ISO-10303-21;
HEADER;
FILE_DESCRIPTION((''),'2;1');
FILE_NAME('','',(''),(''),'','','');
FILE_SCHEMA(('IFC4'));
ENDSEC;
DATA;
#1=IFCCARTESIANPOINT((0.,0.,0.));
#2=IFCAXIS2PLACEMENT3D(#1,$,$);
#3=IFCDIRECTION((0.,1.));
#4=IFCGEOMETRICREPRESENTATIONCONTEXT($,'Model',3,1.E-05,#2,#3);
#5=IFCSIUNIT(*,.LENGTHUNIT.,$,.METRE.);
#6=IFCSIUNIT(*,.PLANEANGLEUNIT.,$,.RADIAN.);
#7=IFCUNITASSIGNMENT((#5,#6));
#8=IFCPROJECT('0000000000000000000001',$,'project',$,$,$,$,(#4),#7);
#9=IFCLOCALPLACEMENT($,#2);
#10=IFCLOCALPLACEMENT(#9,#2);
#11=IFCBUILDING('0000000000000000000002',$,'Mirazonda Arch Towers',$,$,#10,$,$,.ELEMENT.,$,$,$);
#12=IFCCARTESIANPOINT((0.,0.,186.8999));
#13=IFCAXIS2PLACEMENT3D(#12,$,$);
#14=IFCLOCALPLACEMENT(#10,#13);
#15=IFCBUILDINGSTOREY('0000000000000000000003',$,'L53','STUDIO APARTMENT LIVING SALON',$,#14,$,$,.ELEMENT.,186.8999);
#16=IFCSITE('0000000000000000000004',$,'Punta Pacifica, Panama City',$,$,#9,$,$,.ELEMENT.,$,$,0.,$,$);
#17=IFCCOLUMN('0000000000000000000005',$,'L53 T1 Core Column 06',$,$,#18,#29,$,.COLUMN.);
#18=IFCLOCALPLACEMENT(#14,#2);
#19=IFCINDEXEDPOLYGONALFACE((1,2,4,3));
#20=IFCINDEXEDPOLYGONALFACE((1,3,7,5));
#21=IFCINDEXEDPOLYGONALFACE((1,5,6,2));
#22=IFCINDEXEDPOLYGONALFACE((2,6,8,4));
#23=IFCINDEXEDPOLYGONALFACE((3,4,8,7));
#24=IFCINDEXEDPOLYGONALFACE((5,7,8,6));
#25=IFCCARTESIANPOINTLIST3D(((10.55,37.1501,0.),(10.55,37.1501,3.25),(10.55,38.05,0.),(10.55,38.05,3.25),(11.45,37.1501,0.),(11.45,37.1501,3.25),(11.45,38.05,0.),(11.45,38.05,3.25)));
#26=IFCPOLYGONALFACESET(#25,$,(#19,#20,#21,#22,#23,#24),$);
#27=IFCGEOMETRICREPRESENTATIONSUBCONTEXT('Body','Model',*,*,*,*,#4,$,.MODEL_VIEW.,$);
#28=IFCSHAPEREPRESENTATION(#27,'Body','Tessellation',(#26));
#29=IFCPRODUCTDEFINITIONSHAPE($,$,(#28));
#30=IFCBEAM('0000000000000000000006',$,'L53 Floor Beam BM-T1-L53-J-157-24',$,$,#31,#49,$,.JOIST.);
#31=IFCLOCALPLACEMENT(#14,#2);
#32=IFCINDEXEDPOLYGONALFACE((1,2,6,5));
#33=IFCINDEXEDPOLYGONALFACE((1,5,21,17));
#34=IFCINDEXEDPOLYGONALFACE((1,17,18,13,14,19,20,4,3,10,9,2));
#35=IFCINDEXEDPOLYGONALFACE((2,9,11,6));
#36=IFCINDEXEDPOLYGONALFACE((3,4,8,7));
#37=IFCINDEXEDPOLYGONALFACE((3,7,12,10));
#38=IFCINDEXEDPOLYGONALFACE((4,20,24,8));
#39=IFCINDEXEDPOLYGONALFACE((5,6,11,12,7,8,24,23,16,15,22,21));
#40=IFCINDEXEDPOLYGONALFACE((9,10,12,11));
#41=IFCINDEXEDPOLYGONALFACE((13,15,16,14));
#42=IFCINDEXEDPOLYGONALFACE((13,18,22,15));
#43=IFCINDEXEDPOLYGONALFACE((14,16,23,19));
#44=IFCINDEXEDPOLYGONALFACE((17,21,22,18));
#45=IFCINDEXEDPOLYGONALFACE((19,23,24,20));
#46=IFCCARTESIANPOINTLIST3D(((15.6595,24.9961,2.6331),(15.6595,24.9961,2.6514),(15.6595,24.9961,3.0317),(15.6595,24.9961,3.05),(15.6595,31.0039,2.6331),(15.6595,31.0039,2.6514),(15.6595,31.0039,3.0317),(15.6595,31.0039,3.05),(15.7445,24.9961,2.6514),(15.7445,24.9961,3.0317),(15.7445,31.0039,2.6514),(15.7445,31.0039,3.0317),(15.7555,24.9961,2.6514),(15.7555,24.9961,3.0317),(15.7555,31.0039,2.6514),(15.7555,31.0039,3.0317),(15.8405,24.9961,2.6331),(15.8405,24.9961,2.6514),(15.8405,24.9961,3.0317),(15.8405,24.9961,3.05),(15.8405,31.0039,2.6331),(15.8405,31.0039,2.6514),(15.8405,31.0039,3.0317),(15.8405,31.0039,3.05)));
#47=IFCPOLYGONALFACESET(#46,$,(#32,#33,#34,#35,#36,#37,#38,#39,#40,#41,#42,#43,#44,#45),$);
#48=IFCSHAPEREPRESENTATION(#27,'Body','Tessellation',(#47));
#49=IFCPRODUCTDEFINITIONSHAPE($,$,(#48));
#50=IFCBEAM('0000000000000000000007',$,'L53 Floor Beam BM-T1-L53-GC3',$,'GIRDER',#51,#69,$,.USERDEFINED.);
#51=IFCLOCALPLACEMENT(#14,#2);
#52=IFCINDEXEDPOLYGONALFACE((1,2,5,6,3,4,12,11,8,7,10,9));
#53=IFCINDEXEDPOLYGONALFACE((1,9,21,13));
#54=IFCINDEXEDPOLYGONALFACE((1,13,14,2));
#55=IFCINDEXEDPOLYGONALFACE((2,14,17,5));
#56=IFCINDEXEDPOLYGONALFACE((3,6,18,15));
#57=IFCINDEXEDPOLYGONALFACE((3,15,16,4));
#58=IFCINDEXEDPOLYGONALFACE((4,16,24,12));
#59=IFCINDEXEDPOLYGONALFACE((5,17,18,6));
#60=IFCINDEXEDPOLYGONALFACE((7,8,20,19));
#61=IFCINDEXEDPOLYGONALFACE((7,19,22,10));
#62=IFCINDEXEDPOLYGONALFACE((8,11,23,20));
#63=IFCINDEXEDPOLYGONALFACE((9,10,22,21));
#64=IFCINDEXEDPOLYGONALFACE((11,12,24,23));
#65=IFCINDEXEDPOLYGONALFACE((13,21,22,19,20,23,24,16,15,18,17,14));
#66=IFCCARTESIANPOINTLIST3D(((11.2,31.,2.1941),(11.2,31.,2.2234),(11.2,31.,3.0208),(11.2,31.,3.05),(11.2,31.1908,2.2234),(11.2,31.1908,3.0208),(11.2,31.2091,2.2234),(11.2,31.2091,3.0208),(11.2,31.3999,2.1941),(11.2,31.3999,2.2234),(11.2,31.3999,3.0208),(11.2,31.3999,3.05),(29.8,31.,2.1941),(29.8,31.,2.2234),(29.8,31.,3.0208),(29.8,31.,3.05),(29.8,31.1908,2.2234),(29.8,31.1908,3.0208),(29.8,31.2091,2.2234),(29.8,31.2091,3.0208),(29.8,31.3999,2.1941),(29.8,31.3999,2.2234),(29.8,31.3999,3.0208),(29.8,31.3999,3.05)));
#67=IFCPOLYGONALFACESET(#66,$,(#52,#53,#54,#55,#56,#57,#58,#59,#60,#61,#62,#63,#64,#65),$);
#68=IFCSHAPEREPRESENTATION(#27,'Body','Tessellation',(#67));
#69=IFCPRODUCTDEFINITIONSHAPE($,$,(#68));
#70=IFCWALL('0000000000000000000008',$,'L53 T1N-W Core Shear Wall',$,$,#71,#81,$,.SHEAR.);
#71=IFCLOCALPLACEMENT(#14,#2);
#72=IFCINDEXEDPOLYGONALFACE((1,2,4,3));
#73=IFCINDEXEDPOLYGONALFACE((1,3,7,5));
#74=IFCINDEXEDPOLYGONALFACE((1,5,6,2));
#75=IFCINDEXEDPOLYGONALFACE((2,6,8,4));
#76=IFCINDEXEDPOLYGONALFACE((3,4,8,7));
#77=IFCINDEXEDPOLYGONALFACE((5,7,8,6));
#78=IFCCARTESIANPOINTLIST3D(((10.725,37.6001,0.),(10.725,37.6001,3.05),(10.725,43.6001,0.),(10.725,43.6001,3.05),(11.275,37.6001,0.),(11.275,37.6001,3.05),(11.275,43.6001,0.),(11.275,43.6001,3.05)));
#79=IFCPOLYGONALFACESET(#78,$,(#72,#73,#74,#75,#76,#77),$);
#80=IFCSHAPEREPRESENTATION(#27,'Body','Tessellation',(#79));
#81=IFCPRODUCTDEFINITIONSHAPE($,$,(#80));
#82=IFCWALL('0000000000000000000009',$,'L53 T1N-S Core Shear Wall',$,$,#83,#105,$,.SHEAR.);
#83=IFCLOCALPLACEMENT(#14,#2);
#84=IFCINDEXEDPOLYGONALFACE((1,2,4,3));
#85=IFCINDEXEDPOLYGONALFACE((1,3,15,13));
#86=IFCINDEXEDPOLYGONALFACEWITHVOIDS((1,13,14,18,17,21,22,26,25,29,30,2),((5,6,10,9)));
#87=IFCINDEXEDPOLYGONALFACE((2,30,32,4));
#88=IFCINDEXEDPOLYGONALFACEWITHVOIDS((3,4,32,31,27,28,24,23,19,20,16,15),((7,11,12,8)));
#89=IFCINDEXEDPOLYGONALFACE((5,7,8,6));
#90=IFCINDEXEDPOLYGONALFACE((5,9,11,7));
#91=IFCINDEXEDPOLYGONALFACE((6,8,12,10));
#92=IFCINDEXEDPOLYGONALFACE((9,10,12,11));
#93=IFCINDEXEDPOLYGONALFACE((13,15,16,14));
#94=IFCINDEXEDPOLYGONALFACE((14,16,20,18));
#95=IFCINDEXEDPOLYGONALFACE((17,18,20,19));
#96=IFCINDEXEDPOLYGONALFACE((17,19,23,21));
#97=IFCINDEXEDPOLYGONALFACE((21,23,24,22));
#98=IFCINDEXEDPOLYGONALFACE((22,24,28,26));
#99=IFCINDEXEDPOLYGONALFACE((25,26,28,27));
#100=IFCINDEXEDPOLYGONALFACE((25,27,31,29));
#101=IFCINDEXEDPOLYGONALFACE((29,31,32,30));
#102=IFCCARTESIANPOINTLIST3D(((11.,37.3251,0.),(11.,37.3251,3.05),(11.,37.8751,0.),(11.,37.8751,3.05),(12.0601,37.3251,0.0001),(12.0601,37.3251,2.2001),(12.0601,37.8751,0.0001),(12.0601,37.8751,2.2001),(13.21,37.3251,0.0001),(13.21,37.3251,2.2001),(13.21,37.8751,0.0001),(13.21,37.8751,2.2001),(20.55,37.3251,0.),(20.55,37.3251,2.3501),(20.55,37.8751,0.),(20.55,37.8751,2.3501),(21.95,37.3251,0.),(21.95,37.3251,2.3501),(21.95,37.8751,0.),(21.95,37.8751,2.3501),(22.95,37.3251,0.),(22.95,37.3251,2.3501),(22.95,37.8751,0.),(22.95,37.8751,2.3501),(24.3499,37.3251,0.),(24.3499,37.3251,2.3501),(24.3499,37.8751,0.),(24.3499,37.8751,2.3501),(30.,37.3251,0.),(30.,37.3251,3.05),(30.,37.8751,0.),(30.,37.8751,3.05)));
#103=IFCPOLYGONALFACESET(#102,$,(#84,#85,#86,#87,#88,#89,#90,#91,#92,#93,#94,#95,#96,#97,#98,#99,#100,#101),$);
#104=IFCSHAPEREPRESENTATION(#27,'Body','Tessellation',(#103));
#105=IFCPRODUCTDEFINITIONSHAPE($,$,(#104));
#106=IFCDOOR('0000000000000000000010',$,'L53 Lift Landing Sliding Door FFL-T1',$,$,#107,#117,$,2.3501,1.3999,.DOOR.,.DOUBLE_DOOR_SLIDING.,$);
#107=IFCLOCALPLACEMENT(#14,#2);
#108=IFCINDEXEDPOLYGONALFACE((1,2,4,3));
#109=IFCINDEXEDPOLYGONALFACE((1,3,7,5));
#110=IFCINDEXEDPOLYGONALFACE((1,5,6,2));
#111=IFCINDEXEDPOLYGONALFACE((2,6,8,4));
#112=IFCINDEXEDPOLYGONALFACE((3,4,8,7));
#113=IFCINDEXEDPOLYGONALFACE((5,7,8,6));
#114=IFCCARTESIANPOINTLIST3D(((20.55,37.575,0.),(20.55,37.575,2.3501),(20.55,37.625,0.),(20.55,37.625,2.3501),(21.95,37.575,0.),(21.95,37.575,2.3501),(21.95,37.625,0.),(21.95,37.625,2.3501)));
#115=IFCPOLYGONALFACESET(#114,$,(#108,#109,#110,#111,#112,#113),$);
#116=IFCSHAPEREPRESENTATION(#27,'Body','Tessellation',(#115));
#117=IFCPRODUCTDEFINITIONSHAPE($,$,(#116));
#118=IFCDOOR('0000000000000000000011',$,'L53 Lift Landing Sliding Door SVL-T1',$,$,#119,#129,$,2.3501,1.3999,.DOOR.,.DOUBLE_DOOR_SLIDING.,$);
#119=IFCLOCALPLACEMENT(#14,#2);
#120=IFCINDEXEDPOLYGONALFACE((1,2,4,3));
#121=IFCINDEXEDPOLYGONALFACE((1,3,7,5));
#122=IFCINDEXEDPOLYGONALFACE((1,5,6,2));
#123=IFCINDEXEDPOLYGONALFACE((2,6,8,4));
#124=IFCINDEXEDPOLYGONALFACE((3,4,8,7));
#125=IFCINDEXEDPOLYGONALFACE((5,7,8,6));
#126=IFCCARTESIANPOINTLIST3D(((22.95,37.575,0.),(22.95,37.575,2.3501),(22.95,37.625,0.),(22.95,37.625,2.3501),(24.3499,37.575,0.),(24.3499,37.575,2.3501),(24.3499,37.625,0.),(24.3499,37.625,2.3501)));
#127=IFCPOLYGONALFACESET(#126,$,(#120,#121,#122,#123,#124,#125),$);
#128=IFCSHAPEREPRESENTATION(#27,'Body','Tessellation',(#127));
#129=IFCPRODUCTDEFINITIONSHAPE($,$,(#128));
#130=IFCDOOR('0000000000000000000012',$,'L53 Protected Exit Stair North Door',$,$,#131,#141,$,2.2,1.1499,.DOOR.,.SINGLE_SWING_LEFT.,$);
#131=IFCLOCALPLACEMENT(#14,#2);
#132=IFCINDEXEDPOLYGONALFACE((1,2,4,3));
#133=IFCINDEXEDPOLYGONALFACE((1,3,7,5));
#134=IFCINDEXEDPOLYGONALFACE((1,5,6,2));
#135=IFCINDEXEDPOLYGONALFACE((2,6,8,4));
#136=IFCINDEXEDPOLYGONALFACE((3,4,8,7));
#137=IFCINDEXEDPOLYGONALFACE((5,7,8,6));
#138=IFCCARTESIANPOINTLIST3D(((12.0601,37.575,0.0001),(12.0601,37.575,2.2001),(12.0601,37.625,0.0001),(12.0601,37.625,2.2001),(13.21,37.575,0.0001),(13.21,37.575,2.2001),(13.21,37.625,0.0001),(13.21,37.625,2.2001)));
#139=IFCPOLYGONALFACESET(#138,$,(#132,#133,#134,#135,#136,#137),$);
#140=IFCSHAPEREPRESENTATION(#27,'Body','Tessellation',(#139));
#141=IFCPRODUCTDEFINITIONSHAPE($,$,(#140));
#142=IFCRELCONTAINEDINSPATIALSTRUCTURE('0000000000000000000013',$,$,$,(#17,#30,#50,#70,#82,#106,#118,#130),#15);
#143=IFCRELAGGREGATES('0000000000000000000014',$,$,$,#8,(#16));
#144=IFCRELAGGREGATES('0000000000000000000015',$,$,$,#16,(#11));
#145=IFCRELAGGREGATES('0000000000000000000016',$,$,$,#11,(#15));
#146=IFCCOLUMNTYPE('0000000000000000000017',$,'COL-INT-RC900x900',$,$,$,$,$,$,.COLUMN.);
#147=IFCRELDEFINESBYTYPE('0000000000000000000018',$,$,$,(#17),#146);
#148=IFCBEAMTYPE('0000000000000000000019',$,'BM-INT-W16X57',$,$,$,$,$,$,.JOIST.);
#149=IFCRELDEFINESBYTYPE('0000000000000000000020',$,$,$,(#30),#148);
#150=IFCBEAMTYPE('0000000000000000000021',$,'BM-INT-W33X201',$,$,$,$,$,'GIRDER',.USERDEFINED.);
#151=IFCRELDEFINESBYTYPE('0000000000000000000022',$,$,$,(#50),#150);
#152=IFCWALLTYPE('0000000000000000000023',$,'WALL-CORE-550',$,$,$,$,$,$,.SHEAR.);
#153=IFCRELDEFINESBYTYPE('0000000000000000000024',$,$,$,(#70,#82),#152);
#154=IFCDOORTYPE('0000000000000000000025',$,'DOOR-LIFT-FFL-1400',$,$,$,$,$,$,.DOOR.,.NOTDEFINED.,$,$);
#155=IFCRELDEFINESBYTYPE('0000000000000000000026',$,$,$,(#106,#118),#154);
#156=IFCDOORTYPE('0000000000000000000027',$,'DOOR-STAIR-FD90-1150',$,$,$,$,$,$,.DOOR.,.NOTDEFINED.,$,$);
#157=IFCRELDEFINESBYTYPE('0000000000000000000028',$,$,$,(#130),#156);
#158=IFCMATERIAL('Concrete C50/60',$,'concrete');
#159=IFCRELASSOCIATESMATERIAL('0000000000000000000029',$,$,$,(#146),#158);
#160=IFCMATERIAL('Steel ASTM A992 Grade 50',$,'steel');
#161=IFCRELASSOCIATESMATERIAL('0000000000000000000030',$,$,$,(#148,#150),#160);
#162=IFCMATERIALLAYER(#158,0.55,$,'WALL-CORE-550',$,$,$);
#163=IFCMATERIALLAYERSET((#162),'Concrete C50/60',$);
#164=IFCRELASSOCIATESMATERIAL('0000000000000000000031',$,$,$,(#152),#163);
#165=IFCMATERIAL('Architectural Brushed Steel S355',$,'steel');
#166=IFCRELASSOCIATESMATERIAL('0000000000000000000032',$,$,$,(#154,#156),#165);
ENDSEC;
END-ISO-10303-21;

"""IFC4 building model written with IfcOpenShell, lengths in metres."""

from ifc_helpers import new_model, si_unit, direction, frame, frame_2d, origin, origin_2d, place, context, subcontext, project, spatial, rectangle, i_section, extrude, material, layer, layer_set, material_profile, profile_set, type_object, element, fill, save


model = new_model("IFC4")

# Units and contexts
model_context = context("Model", 3, precision=1e-05, world=origin(), true_north=direction((0.0, 1.0)))
body_context = subcontext(model_context, "Body", "Model", "MODEL_VIEW")
ifc_project = project(units=[si_unit("LENGTHUNIT", "METRE"), si_unit("PLANEANGLEUNIT", "RADIAN")], contexts=[model_context])

# Site, building, storey
site_placement = place(None, origin())
site = spatial("IfcSite", under=ifc_project, at=site_placement, Name="Punta Pacifica, Panama City", CompositionType="ELEMENT", RefElevation=0.0)
building_placement = place(site_placement, origin())
building = spatial("IfcBuilding", under=site, at=building_placement, Name="Mirazonda Arch Towers", CompositionType="ELEMENT")
storey_placement = place(building_placement, frame((0.0, 0.0, 186.8999)))
storey = spatial("IfcBuildingStorey", under=building, at=storey_placement, Name="L53", Description="STUDIO APARTMENT LIVING SALON", CompositionType="ELEMENT", Elevation=186.8999)

# Column
ifc_material_1 = material(Name="Concrete C50/60", Category="concrete")
ifc_material_profile_1 = material_profile(ifc_material_1, rectangle(XDim=0.8999, YDim=0.8999, at=origin_2d()), Name="RC900x900")
ifc_profile_set_1 = profile_set([ifc_material_profile_1], Name="Concrete C50/60")
column_type = type_object("IfcColumnType", Name="COL-INT-RC900x900", PredefinedType="COLUMN", material=ifc_profile_set_1)
column_placement = place(storey_placement, frame((11.0, 37.6001, 0.0), z_axis=(0.0, 0.0, 1.0), x_axis=(1.0, 0.0, 0.0)))
element("IfcColumn", 1, at=column_placement, inside=storey, type_object=column_type, Name="L53 T1 Core Column 06", PredefinedType="COLUMN", context=body_context, shape_type="SweptSolid", body=[
    extrude(rectangle(XDim=0.8999, YDim=0.8999, at=origin_2d()), origin(), (0.0, 0.0, 1.0), 3.25),
])

# Beams
ifc_material_2 = material(Name="Steel ASTM A992 Grade 50", Category="steel")
ifc_material_profile_2 = material_profile(ifc_material_2, i_section(OverallWidth=0.1809, OverallDepth=0.417, WebThickness=0.011, FlangeThickness=0.0183, at=origin_2d()), Name="W16X57")
ifc_profile_set_2 = profile_set([ifc_material_profile_2], Name="Steel ASTM A992 Grade 50")
beam_type_1 = type_object("IfcBeamType", Name="BM-INT-W16X57", PredefinedType="JOIST", material=ifc_profile_set_2)
beam_1_placement = place(storey_placement, frame((15.75, 24.9961, 2.8416), z_axis=(0.0, 1.0, 0.0), x_axis=(-1.0, 0.0, 0.0)))
element("IfcBeam", 2, at=beam_1_placement, inside=storey, type_object=beam_type_1, Name="L53 Floor Beam BM-T1-L53-J-157-24", PredefinedType="JOIST", context=body_context, shape_type="SweptSolid", body=[
    extrude(i_section(OverallWidth=0.1809, OverallDepth=0.417, WebThickness=0.011, FlangeThickness=0.0183, at=origin_2d()), origin(), (0.0, 0.0, 1.0), 6.0078),
])
ifc_material_profile_3 = material_profile(ifc_material_2, i_section(OverallWidth=0.3999, OverallDepth=0.856, WebThickness=0.0183, FlangeThickness=0.0293, at=origin_2d()), Name="W33X201")
ifc_profile_set_3 = profile_set([ifc_material_profile_3], Name="Steel ASTM A992 Grade 50")
beam_type_2 = type_object("IfcBeamType", Name="BM-INT-W33X201", ElementType="GIRDER", PredefinedType="USERDEFINED", material=ifc_profile_set_3)
beam_2_placement = place(storey_placement, frame((11.2, 31.2, 2.6221), z_axis=(1.0, 0.0, 0.0), x_axis=(0.0, 1.0, 0.0)))
element("IfcBeam", 3, at=beam_2_placement, inside=storey, type_object=beam_type_2, Name="L53 Floor Beam BM-T1-L53-GC3", ObjectType="GIRDER", PredefinedType="USERDEFINED", context=body_context, shape_type="SweptSolid", body=[
    extrude(i_section(OverallWidth=0.3999, OverallDepth=0.856, WebThickness=0.0183, FlangeThickness=0.0293, at=origin_2d()), origin(), (0.0, 0.0, 1.0), 18.6001),
])

# Wall
ifc_layer_1 = layer(ifc_material_1, 0.55, Name="WALL-CORE-550")
ifc_layer_set_1 = layer_set([ifc_layer_1], Name="Concrete C50/60")
wall_type_1 = type_object("IfcWallType", Name="WALL-CORE-550", PredefinedType="SHEAR", material=ifc_layer_set_1)
wall_1_placement = place(storey_placement, frame((11.0, 37.6001, 0.0), z_axis=(0.0, 0.0, 1.0), x_axis=(0.0, 1.0, 0.0)))
element("IfcWall", 4, at=wall_1_placement, inside=storey, type_object=wall_type_1, Name="L53 T1N-W Core Shear Wall", PredefinedType="SHEAR", context=body_context, shape_type="SweptSolid", body=[
    extrude(rectangle(XDim=6.0, YDim=0.55, at=frame_2d((3.0, 0.0))), origin(), (0.0, 0.0, 1.0), 3.05),
])

# Wall, openings, doors
wall_2_placement = place(storey_placement, frame((11.0, 37.6001, 0.0), z_axis=(0.0, 0.0, 1.0), x_axis=(1.0, 0.0, 0.0)))
wall_2 = element("IfcWall", 5, at=wall_2_placement, inside=storey, type_object=wall_type_1, Name="L53 T1N-S Core Shear Wall", PredefinedType="SHEAR", context=body_context, shape_type="SweptSolid", body=[
    extrude(rectangle(XDim=19.0, YDim=0.55, at=frame_2d((9.5, 0.0))), origin(), (0.0, 0.0, 1.0), 3.05),
])
opening_1_placement = place(wall_2_placement, frame((1.0601, 0.0, 0.0)))
opening_1 = element("IfcOpeningElement", 6, at=opening_1_placement, cuts=wall_2, PredefinedType="OPENING", context=body_context, shape_type="SweptSolid", body=[
    extrude(rectangle(XDim=1.1499, YDim=2.2, at=frame_2d((0.575, 1.1001))), frame((0.0, 0.2849, 0.0), z_axis=(0.0, -1.0, 0.0), x_axis=(1.0, 0.0, 0.0)), (0.0, 0.0, 1.0), 0.5701),
])
opening_2_placement = place(wall_2_placement, frame((9.55, 0.0, 0.0)))
opening_2 = element("IfcOpeningElement", 7, at=opening_2_placement, cuts=wall_2, PredefinedType="OPENING", context=body_context, shape_type="SweptSolid", body=[
    extrude(rectangle(XDim=1.3999, YDim=2.3501, at=frame_2d((0.7, 1.175))), frame((0.0, 0.2849, 0.0), z_axis=(0.0, -1.0, 0.0), x_axis=(1.0, 0.0, 0.0)), (0.0, 0.0, 1.0), 0.5701),
])
opening_3_placement = place(wall_2_placement, frame((11.95, 0.0, 0.0)))
opening_3 = element("IfcOpeningElement", 8, at=opening_3_placement, cuts=wall_2, PredefinedType="OPENING", context=body_context, shape_type="SweptSolid", body=[
    extrude(rectangle(XDim=1.3999, YDim=2.3501, at=frame_2d((0.7, 1.175))), frame((0.0, 0.2849, 0.0), z_axis=(0.0, -1.0, 0.0), x_axis=(1.0, 0.0, 0.0)), (0.0, 0.0, 1.0), 0.5701),
])
ifc_material_3 = material(Name="Architectural Brushed Steel S355", Category="steel")
door_type_1 = type_object("IfcDoorType", Name="DOOR-LIFT-FFL-1400", OperationType="NOTDEFINED", PredefinedType="DOOR", material=ifc_material_3)
door_1_placement = place(opening_2_placement, origin())
door_1 = element("IfcDoor", 9, at=door_1_placement, inside=storey, type_object=door_type_1, Name="L53 Lift Landing Sliding Door FFL-T1", OperationType="DOUBLE_DOOR_SLIDING", OverallHeight=2.3501, OverallWidth=1.3999, PredefinedType="DOOR", context=body_context, shape_type="SweptSolid", body=[
    extrude(rectangle(XDim=1.3999, YDim=2.3501, at=frame_2d((0.7, 1.175))), frame((0.0, 0.0249, 0.0), z_axis=(0.0, -1.0, 0.0), x_axis=(1.0, 0.0, 0.0)), (0.0, 0.0, 1.0), 0.05),
])
fill(opening_2, door_1)
door_2_placement = place(opening_3_placement, origin())
door_2 = element("IfcDoor", 10, at=door_2_placement, inside=storey, type_object=door_type_1, Name="L53 Lift Landing Sliding Door SVL-T1", OperationType="DOUBLE_DOOR_SLIDING", OverallHeight=2.3501, OverallWidth=1.3999, PredefinedType="DOOR", context=body_context, shape_type="SweptSolid", body=[
    extrude(rectangle(XDim=1.3999, YDim=2.3501, at=frame_2d((0.7, 1.175))), frame((0.0, 0.0249, 0.0), z_axis=(0.0, -1.0, 0.0), x_axis=(1.0, 0.0, 0.0)), (0.0, 0.0, 1.0), 0.05),
])
fill(opening_3, door_2)
door_type_2 = type_object("IfcDoorType", Name="DOOR-STAIR-FD90-1150", OperationType="NOTDEFINED", PredefinedType="DOOR", material=ifc_material_3)
door_3_placement = place(opening_1_placement, origin())
door_3 = element("IfcDoor", 11, at=door_3_placement, inside=storey, type_object=door_type_2, Name="L53 Protected Exit Stair North Door", OperationType="SINGLE_SWING_LEFT", OverallHeight=2.2, OverallWidth=1.1499, PredefinedType="DOOR", context=body_context, shape_type="SweptSolid", body=[
    extrude(rectangle(XDim=1.1499, YDim=2.2, at=frame_2d((0.575, 1.1001))), frame((0.0, 0.0249, 0.0), z_axis=(0.0, -1.0, 0.0), x_axis=(1.0, 0.0, 0.0)), (0.0, 0.0, 1.0), 0.05),
])
fill(opening_1, door_3)

save(model, "model.ifc")
